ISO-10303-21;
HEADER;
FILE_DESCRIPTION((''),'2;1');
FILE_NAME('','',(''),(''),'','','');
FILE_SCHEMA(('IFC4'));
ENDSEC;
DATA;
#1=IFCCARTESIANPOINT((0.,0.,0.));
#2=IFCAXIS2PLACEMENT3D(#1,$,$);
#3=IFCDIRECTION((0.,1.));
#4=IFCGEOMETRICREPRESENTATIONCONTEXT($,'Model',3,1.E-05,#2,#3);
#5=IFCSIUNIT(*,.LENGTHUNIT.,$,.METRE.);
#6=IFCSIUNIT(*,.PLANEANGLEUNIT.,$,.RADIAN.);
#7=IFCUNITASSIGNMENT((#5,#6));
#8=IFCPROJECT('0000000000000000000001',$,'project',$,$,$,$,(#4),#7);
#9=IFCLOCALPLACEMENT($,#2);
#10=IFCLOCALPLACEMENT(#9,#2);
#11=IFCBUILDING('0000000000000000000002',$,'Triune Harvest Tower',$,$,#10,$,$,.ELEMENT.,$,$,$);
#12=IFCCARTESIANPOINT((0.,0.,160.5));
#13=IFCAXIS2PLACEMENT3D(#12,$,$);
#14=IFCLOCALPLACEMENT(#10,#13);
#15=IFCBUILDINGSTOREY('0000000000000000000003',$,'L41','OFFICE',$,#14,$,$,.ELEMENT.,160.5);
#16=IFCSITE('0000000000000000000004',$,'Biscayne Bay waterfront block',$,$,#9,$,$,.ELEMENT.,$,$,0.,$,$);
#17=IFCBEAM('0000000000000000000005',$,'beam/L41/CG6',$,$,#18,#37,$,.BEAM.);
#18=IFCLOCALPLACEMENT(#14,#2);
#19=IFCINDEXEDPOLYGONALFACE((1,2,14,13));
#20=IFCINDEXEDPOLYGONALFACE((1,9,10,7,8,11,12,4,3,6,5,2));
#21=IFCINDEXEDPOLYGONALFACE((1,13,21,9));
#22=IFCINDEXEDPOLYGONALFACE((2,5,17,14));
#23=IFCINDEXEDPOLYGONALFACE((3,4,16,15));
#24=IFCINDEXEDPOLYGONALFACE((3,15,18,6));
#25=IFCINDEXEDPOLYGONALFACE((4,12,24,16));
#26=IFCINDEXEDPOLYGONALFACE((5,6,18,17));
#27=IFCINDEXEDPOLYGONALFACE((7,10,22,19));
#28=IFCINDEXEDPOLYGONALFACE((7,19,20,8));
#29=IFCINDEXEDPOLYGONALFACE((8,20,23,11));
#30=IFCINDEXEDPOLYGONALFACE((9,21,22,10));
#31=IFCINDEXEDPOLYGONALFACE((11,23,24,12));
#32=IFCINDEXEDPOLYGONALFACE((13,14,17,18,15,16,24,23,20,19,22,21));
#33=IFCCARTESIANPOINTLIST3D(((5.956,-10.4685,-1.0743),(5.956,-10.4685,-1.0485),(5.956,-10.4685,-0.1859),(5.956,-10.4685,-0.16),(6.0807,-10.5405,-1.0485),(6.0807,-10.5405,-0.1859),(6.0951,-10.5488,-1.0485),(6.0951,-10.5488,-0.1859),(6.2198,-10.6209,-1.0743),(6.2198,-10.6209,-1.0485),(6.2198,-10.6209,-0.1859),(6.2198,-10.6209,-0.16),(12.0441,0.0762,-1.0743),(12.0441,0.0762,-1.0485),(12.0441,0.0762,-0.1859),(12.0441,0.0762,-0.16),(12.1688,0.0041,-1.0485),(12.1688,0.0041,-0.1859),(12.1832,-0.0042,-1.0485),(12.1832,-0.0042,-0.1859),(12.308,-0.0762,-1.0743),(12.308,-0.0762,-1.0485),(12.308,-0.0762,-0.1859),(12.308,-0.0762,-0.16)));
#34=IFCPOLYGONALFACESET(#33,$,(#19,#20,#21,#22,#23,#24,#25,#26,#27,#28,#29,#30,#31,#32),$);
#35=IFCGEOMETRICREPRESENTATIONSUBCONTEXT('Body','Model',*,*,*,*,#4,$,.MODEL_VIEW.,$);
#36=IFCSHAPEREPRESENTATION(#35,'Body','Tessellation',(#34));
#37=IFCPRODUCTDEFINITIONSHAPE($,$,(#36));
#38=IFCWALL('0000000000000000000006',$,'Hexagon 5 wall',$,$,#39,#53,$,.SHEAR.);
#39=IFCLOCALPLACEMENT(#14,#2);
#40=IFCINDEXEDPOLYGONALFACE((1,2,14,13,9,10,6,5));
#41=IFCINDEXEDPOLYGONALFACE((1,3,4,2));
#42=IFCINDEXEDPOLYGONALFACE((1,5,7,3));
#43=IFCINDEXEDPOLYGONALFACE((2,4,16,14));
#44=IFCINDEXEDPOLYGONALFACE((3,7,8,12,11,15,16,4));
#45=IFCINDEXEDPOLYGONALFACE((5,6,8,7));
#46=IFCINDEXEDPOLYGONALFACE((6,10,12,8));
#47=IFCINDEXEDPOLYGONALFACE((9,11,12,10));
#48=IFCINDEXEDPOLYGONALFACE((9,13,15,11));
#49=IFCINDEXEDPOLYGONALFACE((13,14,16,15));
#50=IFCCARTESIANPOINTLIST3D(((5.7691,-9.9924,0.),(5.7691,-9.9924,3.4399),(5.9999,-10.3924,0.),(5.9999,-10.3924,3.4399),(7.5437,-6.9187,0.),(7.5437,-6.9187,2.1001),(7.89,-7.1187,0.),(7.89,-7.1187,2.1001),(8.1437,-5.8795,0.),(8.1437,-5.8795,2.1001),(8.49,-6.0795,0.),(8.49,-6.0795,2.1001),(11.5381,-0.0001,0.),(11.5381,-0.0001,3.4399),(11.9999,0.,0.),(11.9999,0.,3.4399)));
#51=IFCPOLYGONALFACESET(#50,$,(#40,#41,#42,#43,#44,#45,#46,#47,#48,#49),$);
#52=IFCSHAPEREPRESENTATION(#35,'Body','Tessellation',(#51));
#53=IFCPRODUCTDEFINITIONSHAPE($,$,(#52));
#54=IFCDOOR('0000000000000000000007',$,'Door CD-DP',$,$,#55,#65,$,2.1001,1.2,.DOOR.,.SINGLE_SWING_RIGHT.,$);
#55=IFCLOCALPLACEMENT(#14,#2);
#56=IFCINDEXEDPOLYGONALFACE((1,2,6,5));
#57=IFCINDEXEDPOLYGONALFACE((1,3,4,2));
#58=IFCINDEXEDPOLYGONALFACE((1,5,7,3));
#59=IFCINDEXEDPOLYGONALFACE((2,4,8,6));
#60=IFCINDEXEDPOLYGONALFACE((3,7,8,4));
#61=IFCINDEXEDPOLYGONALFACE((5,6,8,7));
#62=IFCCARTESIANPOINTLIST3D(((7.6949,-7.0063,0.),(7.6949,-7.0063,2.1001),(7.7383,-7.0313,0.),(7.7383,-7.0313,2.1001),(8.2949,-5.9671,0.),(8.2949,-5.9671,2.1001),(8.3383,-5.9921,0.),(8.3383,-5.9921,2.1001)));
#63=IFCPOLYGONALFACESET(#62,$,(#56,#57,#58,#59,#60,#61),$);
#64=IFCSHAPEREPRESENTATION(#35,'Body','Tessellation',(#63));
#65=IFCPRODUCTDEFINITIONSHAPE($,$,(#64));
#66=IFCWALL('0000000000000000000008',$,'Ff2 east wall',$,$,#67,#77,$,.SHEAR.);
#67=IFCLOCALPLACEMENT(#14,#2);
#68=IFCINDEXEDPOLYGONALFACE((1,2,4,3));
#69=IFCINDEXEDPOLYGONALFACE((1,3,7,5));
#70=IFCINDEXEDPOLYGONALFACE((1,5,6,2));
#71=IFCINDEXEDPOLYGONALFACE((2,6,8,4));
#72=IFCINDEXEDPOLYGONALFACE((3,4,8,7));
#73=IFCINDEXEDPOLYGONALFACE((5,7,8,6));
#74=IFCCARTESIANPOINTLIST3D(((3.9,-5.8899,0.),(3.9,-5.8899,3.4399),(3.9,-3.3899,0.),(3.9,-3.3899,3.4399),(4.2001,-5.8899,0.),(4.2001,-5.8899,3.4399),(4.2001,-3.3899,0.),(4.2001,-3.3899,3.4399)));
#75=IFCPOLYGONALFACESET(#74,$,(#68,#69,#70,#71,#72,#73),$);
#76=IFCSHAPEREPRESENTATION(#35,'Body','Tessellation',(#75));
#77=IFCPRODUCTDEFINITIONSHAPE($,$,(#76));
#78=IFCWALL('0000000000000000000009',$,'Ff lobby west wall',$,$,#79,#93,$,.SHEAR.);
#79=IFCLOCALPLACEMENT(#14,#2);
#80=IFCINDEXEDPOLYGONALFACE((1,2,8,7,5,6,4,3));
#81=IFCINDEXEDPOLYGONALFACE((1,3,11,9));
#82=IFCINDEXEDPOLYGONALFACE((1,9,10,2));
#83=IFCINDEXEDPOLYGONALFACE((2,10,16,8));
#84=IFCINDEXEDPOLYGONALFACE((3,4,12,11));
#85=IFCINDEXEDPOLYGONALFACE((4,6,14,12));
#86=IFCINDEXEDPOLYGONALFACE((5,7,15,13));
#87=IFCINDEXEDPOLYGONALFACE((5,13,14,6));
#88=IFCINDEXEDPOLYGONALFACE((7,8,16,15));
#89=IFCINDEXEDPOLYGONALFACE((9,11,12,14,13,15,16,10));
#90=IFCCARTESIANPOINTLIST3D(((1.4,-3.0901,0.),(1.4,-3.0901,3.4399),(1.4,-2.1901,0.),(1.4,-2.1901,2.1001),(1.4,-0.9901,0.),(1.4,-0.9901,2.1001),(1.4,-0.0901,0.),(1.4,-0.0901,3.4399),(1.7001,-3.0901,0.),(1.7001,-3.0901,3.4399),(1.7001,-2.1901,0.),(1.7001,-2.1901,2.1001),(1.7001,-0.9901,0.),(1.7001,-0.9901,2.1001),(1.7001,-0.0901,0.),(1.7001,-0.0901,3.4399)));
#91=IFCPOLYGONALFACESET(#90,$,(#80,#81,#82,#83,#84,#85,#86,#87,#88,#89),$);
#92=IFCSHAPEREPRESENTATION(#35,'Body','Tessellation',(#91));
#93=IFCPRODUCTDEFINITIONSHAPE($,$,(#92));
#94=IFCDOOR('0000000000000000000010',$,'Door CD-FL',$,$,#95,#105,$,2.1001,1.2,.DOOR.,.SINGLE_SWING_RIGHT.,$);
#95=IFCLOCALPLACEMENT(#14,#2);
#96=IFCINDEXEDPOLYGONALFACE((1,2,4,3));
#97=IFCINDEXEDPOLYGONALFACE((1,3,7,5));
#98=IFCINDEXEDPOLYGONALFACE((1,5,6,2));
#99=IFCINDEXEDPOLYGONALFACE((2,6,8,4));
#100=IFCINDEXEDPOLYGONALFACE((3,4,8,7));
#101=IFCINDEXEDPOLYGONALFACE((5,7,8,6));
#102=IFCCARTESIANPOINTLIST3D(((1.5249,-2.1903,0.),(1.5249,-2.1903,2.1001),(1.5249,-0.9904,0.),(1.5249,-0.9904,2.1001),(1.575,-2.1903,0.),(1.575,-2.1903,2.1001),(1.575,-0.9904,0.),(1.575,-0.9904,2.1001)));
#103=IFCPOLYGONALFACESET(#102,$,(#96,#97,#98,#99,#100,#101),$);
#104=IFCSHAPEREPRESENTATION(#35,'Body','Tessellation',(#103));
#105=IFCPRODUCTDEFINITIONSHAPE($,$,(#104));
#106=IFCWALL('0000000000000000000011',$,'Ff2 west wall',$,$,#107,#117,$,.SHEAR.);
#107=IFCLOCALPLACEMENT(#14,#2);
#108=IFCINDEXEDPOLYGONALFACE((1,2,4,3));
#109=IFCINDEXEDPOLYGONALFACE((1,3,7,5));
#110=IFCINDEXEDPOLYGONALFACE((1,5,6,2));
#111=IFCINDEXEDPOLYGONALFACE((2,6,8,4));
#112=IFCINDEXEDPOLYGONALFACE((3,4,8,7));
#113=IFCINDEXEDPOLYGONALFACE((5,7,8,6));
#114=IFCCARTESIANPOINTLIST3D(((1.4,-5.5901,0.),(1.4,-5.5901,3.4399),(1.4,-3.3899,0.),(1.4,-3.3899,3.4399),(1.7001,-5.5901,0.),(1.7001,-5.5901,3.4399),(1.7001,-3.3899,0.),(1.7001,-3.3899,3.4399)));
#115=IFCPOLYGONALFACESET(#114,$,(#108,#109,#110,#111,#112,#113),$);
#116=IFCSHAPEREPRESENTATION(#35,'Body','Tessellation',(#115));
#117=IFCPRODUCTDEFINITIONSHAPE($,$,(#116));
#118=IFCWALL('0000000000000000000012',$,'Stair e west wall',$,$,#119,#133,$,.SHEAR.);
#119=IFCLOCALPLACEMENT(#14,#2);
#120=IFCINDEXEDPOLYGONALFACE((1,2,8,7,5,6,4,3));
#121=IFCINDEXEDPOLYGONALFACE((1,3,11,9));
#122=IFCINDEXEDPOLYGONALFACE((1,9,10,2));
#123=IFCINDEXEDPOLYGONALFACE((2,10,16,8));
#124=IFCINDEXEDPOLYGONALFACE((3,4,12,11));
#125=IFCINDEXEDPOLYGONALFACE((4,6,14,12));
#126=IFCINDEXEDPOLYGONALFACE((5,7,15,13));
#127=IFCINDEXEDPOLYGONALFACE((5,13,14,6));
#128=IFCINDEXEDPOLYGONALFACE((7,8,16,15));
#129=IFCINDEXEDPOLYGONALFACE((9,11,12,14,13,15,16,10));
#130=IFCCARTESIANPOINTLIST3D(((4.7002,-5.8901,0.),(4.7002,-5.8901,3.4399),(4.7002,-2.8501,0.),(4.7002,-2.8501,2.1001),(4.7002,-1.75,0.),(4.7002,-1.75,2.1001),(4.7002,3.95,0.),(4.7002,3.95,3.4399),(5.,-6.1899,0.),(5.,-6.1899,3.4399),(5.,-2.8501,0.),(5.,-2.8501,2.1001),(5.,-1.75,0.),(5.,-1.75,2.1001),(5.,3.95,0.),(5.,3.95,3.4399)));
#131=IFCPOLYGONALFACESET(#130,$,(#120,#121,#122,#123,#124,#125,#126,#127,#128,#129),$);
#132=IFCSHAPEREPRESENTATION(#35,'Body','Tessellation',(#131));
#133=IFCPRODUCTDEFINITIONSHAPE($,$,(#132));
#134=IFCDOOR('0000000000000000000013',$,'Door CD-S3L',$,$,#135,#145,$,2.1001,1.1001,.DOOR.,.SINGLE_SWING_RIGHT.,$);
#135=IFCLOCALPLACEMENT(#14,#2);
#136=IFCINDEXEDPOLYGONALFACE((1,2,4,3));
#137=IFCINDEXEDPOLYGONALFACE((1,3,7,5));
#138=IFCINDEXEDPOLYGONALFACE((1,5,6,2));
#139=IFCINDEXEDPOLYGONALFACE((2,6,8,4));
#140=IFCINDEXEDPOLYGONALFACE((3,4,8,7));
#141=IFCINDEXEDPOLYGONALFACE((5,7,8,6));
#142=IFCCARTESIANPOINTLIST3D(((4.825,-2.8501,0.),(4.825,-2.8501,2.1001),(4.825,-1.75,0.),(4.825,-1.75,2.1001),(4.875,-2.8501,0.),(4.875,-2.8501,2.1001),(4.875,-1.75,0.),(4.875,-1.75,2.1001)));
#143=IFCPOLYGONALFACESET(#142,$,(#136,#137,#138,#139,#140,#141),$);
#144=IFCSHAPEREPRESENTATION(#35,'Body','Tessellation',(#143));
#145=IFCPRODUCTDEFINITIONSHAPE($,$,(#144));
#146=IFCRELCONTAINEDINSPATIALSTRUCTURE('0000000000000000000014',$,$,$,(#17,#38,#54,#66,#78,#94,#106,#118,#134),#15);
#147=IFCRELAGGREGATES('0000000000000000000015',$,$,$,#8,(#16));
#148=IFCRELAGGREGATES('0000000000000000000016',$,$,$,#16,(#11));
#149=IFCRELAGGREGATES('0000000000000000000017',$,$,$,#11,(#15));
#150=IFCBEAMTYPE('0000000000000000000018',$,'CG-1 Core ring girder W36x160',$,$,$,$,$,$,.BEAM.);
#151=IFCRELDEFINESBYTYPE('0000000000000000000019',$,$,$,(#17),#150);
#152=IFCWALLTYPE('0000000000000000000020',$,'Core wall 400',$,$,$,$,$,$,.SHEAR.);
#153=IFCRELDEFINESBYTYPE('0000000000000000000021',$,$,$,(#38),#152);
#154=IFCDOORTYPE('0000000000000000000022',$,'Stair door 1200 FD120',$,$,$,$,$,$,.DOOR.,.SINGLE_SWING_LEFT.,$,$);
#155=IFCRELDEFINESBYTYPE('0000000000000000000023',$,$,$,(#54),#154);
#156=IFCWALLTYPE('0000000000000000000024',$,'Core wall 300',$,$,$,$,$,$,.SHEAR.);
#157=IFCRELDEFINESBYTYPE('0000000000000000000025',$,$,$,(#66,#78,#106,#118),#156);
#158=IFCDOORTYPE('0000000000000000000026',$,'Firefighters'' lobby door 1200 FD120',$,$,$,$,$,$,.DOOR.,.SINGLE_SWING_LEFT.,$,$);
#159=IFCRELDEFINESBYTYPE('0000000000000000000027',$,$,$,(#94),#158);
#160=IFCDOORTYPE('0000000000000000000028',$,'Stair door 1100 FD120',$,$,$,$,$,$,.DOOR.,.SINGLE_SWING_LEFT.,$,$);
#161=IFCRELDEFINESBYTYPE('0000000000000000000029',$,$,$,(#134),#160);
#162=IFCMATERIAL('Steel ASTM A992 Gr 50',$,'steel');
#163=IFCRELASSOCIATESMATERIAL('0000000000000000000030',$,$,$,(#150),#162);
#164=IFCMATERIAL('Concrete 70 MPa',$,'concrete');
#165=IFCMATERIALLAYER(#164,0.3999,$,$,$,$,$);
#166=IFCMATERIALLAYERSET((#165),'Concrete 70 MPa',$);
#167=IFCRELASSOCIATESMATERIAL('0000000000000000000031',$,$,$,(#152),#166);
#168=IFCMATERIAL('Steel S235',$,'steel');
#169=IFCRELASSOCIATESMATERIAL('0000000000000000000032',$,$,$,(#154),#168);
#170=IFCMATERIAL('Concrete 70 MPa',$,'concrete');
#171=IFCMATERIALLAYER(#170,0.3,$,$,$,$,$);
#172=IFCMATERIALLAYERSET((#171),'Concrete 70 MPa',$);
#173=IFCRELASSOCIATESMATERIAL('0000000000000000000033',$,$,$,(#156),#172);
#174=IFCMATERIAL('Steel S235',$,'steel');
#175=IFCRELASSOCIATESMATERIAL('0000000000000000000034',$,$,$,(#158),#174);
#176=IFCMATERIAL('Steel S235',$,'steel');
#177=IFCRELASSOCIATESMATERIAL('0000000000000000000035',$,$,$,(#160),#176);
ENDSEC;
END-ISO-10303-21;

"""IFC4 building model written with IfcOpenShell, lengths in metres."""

from ifc_helpers import new_model, si_unit, direction, frame, frame_2d, origin, origin_2d, place, context, subcontext, project, spatial, polyline, rectangle, i_section, outline, extrude, source, transform, mapped, material, layer, layer_set, material_profile, profile_set, type_object, element, fill, save


model = new_model("IFC4")

# Units and contexts
model_context = context("Model", 3, precision=1e-05, world=origin(), true_north=direction((0.0, 1.0)))
body_context = subcontext(model_context, "Body", "Model", "MODEL_VIEW")
ifc_project = project(units=[si_unit("LENGTHUNIT", "METRE"), si_unit("PLANEANGLEUNIT", "RADIAN")], contexts=[model_context])

# Site, building, storey
site_placement = place(None, origin())
site = spatial("IfcSite", under=ifc_project, at=site_placement, Name="Biscayne Bay waterfront block", CompositionType="ELEMENT", RefElevation=0.0)
building_placement = place(site_placement, origin())
building = spatial("IfcBuilding", under=site, at=building_placement, Name="Triune Harvest Tower", CompositionType="ELEMENT")
storey_placement = place(building_placement, frame((0.0, 0.0, 160.5)))
storey = spatial("IfcBuildingStorey", under=building, at=storey_placement, Name="L41", Description="OFFICE", CompositionType="ELEMENT", Elevation=160.5)

# Beam
ifc_material_1 = material(Name="Steel ASTM A992 Gr 50", Category="steel")
ifc_material_profile = material_profile(ifc_material_1, i_section(OverallWidth=0.3047, OverallDepth=0.9143, WebThickness=0.0166, FlangeThickness=0.0259, at=origin_2d()), Name="W36x160")
ifc_profile_set = profile_set([ifc_material_profile], Name="Steel ASTM A992 Gr 50")
beam_type = type_object("IfcBeamType", Name="CG-1 Core ring girder W36x160", PredefinedType="BEAM", material=ifc_profile_set)
shared_shape_1 = source(origin(), body_context, "Body", "SweptSolid", [
    extrude(i_section(OverallWidth=0.3047, OverallDepth=0.9143, WebThickness=0.0166, FlangeThickness=0.0259, at=origin_2d()), origin(), (0.0, 0.0, 1.0), 12.176),
])
beam_placement = place(storey_placement, frame((6.0879, -10.5447, -0.6172), z_axis=(0.50001, 0.86602, 0.0), x_axis=(-0.86602, 0.50001, 0.0)))
element("IfcBeam", 1, at=beam_placement, inside=storey, type_object=beam_type, Name="beam/L41/CG6", PredefinedType="BEAM", context=body_context, shape_type="MappedRepresentation", body=[
    mapped(shared_shape_1, transform((0.0, 0.0, 0.0), scale=1.0)),
])

# Wall, opening, door
ifc_material_2 = material(Name="Concrete 70 MPa", Category="concrete")
ifc_layer_1 = layer(ifc_material_2, 0.3999)
ifc_layer_set_1 = layer_set([ifc_layer_1], Name="Concrete 70 MPa")
wall_type_1 = type_object("IfcWallType", Name="Core wall 400", PredefinedType="SHEAR", material=ifc_layer_set_1)
shared_shape_2 = source(origin(), body_context, "Body", "SweptSolid", [
    extrude(outline(polyline([(-0.1155, -0.2), (11.8845, -0.2), (11.6536, 0.2), (0.1155, 0.2), (-0.1155, -0.2)])), origin(), (0.0, 0.0, 1.0), 3.4399),
])
wall_1_placement = place(storey_placement, frame((5.8845, -10.1924, 0.0), z_axis=(0.0, 0.0, 1.0), x_axis=(0.499997, 0.866027, 0.0)))
wall_1 = element("IfcWall", 2, at=wall_1_placement, inside=storey, type_object=wall_type_1, Name="Hexagon 5 wall", PredefinedType="SHEAR", context=body_context, shape_type="MappedRepresentation", body=[
    mapped(shared_shape_2, transform((0.0, 0.0, 0.0), scale=1.0)),
])
opening_1_placement = place(wall_1_placement, frame((3.6646, 0.0, 0.0)))
opening_1 = element("IfcOpeningElement", 3, at=opening_1_placement, cuts=wall_1, PredefinedType="OPENING", context=body_context, shape_type="SweptSolid", body=[
    extrude(rectangle(XDim=1.2, YDim=2.1001, at=frame_2d((0.6001, 1.05))), frame((0.0, 0.21, 0.0), z_axis=(0.0, -1.0, 0.0), x_axis=(1.0, 0.0, 0.0)), (0.0, 0.0, 1.0), 0.4199),
])
ifc_material_3 = material(Name="Steel S235", Category="steel")
door_type_1 = type_object("IfcDoorType", Name="Stair door 1200 FD120", OperationType="SINGLE_SWING_LEFT", PredefinedType="DOOR", material=ifc_material_3)
door_1_placement = place(opening_1_placement, frame((1.2, 0.0, 0.0), z_axis=(0.0, 0.0, 1.0), x_axis=(-1.0, 0.0, 0.0)))
door_1 = element("IfcDoor", 4, at=door_1_placement, inside=storey, type_object=door_type_1, Name="Door CD-DP", OperationType="SINGLE_SWING_RIGHT", OverallHeight=2.1001, OverallWidth=1.2, PredefinedType="DOOR", context=body_context, shape_type="SweptSolid", body=[
    extrude(rectangle(XDim=1.2, YDim=2.1001, at=frame_2d((0.6001, 1.05))), frame((0.0, 0.0249, 0.0), z_axis=(0.0, -1.0, 0.0), x_axis=(1.0, 0.0, 0.0)), (0.0, 0.0, 1.0), 0.05),
])
fill(opening_1, door_1)

# Wall
ifc_material_4 = material(Name="Concrete 70 MPa", Category="concrete")
ifc_layer_2 = layer(ifc_material_4, 0.3)
ifc_layer_set_2 = layer_set([ifc_layer_2], Name="Concrete 70 MPa")
wall_type_2 = type_object("IfcWallType", Name="Core wall 300", PredefinedType="SHEAR", material=ifc_layer_set_2)
shared_shape_3 = source(origin(), body_context, "Body", "SweptSolid", [
    extrude(rectangle(XDim=2.5, YDim=0.3, at=frame_2d((1.25, 0.0))), origin(), (0.0, 0.0, 1.0), 3.4399),
])
wall_2_placement = place(storey_placement, frame((4.05, -5.8899, 0.0), z_axis=(0.0, 0.0, 1.0), x_axis=(0.0, 1.0, 0.0)))
element("IfcWall", 5, at=wall_2_placement, inside=storey, type_object=wall_type_2, Name="Ff2 east wall", PredefinedType="SHEAR", context=body_context, shape_type="MappedRepresentation", body=[
    mapped(shared_shape_3, transform((0.0, 0.0, 0.0), scale=1.0)),
])

# Wall, opening, door
shared_shape_4 = source(origin(), body_context, "Body", "SweptSolid", [
    extrude(rectangle(XDim=3.0, YDim=0.3, at=frame_2d((1.5, 0.0))), origin(), (0.0, 0.0, 1.0), 3.4399),
])
wall_3_placement = place(storey_placement, frame((1.55, -3.0901, 0.0), z_axis=(0.0, 0.0, 1.0), x_axis=(0.0, 1.0, 0.0)))
wall_3 = element("IfcWall", 6, at=wall_3_placement, inside=storey, type_object=wall_type_2, Name="Ff lobby west wall", PredefinedType="SHEAR", context=body_context, shape_type="MappedRepresentation", body=[
    mapped(shared_shape_4, transform((0.0, 0.0, 0.0), scale=1.0)),
])
opening_2_placement = place(wall_3_placement, frame((0.8999, 0.0, 0.0)))
opening_2 = element("IfcOpeningElement", 7, at=opening_2_placement, cuts=wall_3, PredefinedType="OPENING", context=body_context, shape_type="SweptSolid", body=[
    extrude(rectangle(XDim=1.2, YDim=2.1001, at=frame_2d((0.6001, 1.05))), frame((0.0, 0.1602, 0.0), z_axis=(0.0, -1.0, 0.0), x_axis=(1.0, 0.0, 0.0)), (0.0, 0.0, 1.0), 0.3201),
])
ifc_material_5 = material(Name="Steel S235", Category="steel")
door_type_2 = type_object("IfcDoorType", Name="Firefighters' lobby door 1200 FD120", OperationType="SINGLE_SWING_LEFT", PredefinedType="DOOR", material=ifc_material_5)
door_2_placement = place(opening_2_placement, frame((1.2, 0.0, 0.0), z_axis=(0.0, 0.0, 1.0), x_axis=(-1.0, 0.0, 0.0)))
door_2 = element("IfcDoor", 8, at=door_2_placement, inside=storey, type_object=door_type_2, Name="Door CD-FL", OperationType="SINGLE_SWING_RIGHT", OverallHeight=2.1001, OverallWidth=1.2, PredefinedType="DOOR", context=body_context, shape_type="SweptSolid", body=[
    extrude(rectangle(XDim=1.2, YDim=2.1001, at=frame_2d((0.6001, 1.05))), frame((0.0, 0.0249, 0.0), z_axis=(0.0, -1.0, 0.0), x_axis=(1.0, 0.0, 0.0)), (0.0, 0.0, 1.0), 0.05),
])
fill(opening_2, door_2)

# Wall
shared_shape_5 = source(origin(), body_context, "Body", "SweptSolid", [
    extrude(rectangle(XDim=2.2002, YDim=0.3, at=frame_2d((1.1001, 0.0))), origin(), (0.0, 0.0, 1.0), 3.4399),
])
wall_4_placement = place(storey_placement, frame((1.55, -5.5901, 0.0), z_axis=(0.0, 0.0, 1.0), x_axis=(0.0, 1.0, 0.0)))
element("IfcWall", 9, at=wall_4_placement, inside=storey, type_object=wall_type_2, Name="Ff2 west wall", PredefinedType="SHEAR", context=body_context, shape_type="MappedRepresentation", body=[
    mapped(shared_shape_5, transform((0.0, 0.0, 0.0), scale=1.0)),
])

# Wall, opening, door
shared_shape_6 = source(origin(), body_context, "Body", "SweptSolid", [
    extrude(outline(polyline([(-0.1499, -0.1499), (9.99, -0.1499), (9.99, 0.1499), (0.1499, 0.1499), (-0.1499, -0.1499)])), origin(), (0.0, 0.0, 1.0), 3.4399),
])
wall_5_placement = place(storey_placement, frame((4.8501, -6.04, 0.0), z_axis=(0.0, 0.0, 1.0), x_axis=(0.0, 1.0, 0.0)))
wall_5 = element("IfcWall", 10, at=wall_5_placement, inside=storey, type_object=wall_type_2, Name="Stair e west wall", PredefinedType="SHEAR", context=body_context, shape_type="MappedRepresentation", body=[
    mapped(shared_shape_6, transform((0.0, 0.0, 0.0), scale=1.0)),
])
opening_3_placement = place(wall_5_placement, frame((3.1899, 0.0, 0.0)))
opening_3 = element("IfcOpeningElement", 11, at=opening_3_placement, cuts=wall_5, PredefinedType="OPENING", context=body_context, shape_type="SweptSolid", body=[
    extrude(rectangle(XDim=1.1001, YDim=2.1001, at=frame_2d((0.55, 1.05))), frame((0.0, 0.1602, 0.0), z_axis=(0.0, -1.0, 0.0), x_axis=(1.0, 0.0, 0.0)), (0.0, 0.0, 1.0), 0.3201),
])
ifc_material_6 = material(Name="Steel S235", Category="steel")
door_type_3 = type_object("IfcDoorType", Name="Stair door 1100 FD120", OperationType="SINGLE_SWING_LEFT", PredefinedType="DOOR", material=ifc_material_6)
door_3_placement = place(opening_3_placement, frame((1.1001, 0.0, 0.0), z_axis=(0.0, 0.0, 1.0), x_axis=(-1.0, 0.0, 0.0)))
door_3 = element("IfcDoor", 12, at=door_3_placement, inside=storey, type_object=door_type_3, Name="Door CD-S3L", OperationType="SINGLE_SWING_RIGHT", OverallHeight=2.1001, OverallWidth=1.1001, PredefinedType="DOOR", context=body_context, shape_type="SweptSolid", body=[
    extrude(rectangle(XDim=1.1001, YDim=2.1001, at=frame_2d((0.55, 1.05))), frame((0.0, 0.0249, 0.0), z_axis=(0.0, -1.0, 0.0), x_axis=(1.0, 0.0, 0.0)), (0.0, 0.0, 1.0), 0.05),
])
fill(opening_3, door_3)

save(model, "model.ifc")
